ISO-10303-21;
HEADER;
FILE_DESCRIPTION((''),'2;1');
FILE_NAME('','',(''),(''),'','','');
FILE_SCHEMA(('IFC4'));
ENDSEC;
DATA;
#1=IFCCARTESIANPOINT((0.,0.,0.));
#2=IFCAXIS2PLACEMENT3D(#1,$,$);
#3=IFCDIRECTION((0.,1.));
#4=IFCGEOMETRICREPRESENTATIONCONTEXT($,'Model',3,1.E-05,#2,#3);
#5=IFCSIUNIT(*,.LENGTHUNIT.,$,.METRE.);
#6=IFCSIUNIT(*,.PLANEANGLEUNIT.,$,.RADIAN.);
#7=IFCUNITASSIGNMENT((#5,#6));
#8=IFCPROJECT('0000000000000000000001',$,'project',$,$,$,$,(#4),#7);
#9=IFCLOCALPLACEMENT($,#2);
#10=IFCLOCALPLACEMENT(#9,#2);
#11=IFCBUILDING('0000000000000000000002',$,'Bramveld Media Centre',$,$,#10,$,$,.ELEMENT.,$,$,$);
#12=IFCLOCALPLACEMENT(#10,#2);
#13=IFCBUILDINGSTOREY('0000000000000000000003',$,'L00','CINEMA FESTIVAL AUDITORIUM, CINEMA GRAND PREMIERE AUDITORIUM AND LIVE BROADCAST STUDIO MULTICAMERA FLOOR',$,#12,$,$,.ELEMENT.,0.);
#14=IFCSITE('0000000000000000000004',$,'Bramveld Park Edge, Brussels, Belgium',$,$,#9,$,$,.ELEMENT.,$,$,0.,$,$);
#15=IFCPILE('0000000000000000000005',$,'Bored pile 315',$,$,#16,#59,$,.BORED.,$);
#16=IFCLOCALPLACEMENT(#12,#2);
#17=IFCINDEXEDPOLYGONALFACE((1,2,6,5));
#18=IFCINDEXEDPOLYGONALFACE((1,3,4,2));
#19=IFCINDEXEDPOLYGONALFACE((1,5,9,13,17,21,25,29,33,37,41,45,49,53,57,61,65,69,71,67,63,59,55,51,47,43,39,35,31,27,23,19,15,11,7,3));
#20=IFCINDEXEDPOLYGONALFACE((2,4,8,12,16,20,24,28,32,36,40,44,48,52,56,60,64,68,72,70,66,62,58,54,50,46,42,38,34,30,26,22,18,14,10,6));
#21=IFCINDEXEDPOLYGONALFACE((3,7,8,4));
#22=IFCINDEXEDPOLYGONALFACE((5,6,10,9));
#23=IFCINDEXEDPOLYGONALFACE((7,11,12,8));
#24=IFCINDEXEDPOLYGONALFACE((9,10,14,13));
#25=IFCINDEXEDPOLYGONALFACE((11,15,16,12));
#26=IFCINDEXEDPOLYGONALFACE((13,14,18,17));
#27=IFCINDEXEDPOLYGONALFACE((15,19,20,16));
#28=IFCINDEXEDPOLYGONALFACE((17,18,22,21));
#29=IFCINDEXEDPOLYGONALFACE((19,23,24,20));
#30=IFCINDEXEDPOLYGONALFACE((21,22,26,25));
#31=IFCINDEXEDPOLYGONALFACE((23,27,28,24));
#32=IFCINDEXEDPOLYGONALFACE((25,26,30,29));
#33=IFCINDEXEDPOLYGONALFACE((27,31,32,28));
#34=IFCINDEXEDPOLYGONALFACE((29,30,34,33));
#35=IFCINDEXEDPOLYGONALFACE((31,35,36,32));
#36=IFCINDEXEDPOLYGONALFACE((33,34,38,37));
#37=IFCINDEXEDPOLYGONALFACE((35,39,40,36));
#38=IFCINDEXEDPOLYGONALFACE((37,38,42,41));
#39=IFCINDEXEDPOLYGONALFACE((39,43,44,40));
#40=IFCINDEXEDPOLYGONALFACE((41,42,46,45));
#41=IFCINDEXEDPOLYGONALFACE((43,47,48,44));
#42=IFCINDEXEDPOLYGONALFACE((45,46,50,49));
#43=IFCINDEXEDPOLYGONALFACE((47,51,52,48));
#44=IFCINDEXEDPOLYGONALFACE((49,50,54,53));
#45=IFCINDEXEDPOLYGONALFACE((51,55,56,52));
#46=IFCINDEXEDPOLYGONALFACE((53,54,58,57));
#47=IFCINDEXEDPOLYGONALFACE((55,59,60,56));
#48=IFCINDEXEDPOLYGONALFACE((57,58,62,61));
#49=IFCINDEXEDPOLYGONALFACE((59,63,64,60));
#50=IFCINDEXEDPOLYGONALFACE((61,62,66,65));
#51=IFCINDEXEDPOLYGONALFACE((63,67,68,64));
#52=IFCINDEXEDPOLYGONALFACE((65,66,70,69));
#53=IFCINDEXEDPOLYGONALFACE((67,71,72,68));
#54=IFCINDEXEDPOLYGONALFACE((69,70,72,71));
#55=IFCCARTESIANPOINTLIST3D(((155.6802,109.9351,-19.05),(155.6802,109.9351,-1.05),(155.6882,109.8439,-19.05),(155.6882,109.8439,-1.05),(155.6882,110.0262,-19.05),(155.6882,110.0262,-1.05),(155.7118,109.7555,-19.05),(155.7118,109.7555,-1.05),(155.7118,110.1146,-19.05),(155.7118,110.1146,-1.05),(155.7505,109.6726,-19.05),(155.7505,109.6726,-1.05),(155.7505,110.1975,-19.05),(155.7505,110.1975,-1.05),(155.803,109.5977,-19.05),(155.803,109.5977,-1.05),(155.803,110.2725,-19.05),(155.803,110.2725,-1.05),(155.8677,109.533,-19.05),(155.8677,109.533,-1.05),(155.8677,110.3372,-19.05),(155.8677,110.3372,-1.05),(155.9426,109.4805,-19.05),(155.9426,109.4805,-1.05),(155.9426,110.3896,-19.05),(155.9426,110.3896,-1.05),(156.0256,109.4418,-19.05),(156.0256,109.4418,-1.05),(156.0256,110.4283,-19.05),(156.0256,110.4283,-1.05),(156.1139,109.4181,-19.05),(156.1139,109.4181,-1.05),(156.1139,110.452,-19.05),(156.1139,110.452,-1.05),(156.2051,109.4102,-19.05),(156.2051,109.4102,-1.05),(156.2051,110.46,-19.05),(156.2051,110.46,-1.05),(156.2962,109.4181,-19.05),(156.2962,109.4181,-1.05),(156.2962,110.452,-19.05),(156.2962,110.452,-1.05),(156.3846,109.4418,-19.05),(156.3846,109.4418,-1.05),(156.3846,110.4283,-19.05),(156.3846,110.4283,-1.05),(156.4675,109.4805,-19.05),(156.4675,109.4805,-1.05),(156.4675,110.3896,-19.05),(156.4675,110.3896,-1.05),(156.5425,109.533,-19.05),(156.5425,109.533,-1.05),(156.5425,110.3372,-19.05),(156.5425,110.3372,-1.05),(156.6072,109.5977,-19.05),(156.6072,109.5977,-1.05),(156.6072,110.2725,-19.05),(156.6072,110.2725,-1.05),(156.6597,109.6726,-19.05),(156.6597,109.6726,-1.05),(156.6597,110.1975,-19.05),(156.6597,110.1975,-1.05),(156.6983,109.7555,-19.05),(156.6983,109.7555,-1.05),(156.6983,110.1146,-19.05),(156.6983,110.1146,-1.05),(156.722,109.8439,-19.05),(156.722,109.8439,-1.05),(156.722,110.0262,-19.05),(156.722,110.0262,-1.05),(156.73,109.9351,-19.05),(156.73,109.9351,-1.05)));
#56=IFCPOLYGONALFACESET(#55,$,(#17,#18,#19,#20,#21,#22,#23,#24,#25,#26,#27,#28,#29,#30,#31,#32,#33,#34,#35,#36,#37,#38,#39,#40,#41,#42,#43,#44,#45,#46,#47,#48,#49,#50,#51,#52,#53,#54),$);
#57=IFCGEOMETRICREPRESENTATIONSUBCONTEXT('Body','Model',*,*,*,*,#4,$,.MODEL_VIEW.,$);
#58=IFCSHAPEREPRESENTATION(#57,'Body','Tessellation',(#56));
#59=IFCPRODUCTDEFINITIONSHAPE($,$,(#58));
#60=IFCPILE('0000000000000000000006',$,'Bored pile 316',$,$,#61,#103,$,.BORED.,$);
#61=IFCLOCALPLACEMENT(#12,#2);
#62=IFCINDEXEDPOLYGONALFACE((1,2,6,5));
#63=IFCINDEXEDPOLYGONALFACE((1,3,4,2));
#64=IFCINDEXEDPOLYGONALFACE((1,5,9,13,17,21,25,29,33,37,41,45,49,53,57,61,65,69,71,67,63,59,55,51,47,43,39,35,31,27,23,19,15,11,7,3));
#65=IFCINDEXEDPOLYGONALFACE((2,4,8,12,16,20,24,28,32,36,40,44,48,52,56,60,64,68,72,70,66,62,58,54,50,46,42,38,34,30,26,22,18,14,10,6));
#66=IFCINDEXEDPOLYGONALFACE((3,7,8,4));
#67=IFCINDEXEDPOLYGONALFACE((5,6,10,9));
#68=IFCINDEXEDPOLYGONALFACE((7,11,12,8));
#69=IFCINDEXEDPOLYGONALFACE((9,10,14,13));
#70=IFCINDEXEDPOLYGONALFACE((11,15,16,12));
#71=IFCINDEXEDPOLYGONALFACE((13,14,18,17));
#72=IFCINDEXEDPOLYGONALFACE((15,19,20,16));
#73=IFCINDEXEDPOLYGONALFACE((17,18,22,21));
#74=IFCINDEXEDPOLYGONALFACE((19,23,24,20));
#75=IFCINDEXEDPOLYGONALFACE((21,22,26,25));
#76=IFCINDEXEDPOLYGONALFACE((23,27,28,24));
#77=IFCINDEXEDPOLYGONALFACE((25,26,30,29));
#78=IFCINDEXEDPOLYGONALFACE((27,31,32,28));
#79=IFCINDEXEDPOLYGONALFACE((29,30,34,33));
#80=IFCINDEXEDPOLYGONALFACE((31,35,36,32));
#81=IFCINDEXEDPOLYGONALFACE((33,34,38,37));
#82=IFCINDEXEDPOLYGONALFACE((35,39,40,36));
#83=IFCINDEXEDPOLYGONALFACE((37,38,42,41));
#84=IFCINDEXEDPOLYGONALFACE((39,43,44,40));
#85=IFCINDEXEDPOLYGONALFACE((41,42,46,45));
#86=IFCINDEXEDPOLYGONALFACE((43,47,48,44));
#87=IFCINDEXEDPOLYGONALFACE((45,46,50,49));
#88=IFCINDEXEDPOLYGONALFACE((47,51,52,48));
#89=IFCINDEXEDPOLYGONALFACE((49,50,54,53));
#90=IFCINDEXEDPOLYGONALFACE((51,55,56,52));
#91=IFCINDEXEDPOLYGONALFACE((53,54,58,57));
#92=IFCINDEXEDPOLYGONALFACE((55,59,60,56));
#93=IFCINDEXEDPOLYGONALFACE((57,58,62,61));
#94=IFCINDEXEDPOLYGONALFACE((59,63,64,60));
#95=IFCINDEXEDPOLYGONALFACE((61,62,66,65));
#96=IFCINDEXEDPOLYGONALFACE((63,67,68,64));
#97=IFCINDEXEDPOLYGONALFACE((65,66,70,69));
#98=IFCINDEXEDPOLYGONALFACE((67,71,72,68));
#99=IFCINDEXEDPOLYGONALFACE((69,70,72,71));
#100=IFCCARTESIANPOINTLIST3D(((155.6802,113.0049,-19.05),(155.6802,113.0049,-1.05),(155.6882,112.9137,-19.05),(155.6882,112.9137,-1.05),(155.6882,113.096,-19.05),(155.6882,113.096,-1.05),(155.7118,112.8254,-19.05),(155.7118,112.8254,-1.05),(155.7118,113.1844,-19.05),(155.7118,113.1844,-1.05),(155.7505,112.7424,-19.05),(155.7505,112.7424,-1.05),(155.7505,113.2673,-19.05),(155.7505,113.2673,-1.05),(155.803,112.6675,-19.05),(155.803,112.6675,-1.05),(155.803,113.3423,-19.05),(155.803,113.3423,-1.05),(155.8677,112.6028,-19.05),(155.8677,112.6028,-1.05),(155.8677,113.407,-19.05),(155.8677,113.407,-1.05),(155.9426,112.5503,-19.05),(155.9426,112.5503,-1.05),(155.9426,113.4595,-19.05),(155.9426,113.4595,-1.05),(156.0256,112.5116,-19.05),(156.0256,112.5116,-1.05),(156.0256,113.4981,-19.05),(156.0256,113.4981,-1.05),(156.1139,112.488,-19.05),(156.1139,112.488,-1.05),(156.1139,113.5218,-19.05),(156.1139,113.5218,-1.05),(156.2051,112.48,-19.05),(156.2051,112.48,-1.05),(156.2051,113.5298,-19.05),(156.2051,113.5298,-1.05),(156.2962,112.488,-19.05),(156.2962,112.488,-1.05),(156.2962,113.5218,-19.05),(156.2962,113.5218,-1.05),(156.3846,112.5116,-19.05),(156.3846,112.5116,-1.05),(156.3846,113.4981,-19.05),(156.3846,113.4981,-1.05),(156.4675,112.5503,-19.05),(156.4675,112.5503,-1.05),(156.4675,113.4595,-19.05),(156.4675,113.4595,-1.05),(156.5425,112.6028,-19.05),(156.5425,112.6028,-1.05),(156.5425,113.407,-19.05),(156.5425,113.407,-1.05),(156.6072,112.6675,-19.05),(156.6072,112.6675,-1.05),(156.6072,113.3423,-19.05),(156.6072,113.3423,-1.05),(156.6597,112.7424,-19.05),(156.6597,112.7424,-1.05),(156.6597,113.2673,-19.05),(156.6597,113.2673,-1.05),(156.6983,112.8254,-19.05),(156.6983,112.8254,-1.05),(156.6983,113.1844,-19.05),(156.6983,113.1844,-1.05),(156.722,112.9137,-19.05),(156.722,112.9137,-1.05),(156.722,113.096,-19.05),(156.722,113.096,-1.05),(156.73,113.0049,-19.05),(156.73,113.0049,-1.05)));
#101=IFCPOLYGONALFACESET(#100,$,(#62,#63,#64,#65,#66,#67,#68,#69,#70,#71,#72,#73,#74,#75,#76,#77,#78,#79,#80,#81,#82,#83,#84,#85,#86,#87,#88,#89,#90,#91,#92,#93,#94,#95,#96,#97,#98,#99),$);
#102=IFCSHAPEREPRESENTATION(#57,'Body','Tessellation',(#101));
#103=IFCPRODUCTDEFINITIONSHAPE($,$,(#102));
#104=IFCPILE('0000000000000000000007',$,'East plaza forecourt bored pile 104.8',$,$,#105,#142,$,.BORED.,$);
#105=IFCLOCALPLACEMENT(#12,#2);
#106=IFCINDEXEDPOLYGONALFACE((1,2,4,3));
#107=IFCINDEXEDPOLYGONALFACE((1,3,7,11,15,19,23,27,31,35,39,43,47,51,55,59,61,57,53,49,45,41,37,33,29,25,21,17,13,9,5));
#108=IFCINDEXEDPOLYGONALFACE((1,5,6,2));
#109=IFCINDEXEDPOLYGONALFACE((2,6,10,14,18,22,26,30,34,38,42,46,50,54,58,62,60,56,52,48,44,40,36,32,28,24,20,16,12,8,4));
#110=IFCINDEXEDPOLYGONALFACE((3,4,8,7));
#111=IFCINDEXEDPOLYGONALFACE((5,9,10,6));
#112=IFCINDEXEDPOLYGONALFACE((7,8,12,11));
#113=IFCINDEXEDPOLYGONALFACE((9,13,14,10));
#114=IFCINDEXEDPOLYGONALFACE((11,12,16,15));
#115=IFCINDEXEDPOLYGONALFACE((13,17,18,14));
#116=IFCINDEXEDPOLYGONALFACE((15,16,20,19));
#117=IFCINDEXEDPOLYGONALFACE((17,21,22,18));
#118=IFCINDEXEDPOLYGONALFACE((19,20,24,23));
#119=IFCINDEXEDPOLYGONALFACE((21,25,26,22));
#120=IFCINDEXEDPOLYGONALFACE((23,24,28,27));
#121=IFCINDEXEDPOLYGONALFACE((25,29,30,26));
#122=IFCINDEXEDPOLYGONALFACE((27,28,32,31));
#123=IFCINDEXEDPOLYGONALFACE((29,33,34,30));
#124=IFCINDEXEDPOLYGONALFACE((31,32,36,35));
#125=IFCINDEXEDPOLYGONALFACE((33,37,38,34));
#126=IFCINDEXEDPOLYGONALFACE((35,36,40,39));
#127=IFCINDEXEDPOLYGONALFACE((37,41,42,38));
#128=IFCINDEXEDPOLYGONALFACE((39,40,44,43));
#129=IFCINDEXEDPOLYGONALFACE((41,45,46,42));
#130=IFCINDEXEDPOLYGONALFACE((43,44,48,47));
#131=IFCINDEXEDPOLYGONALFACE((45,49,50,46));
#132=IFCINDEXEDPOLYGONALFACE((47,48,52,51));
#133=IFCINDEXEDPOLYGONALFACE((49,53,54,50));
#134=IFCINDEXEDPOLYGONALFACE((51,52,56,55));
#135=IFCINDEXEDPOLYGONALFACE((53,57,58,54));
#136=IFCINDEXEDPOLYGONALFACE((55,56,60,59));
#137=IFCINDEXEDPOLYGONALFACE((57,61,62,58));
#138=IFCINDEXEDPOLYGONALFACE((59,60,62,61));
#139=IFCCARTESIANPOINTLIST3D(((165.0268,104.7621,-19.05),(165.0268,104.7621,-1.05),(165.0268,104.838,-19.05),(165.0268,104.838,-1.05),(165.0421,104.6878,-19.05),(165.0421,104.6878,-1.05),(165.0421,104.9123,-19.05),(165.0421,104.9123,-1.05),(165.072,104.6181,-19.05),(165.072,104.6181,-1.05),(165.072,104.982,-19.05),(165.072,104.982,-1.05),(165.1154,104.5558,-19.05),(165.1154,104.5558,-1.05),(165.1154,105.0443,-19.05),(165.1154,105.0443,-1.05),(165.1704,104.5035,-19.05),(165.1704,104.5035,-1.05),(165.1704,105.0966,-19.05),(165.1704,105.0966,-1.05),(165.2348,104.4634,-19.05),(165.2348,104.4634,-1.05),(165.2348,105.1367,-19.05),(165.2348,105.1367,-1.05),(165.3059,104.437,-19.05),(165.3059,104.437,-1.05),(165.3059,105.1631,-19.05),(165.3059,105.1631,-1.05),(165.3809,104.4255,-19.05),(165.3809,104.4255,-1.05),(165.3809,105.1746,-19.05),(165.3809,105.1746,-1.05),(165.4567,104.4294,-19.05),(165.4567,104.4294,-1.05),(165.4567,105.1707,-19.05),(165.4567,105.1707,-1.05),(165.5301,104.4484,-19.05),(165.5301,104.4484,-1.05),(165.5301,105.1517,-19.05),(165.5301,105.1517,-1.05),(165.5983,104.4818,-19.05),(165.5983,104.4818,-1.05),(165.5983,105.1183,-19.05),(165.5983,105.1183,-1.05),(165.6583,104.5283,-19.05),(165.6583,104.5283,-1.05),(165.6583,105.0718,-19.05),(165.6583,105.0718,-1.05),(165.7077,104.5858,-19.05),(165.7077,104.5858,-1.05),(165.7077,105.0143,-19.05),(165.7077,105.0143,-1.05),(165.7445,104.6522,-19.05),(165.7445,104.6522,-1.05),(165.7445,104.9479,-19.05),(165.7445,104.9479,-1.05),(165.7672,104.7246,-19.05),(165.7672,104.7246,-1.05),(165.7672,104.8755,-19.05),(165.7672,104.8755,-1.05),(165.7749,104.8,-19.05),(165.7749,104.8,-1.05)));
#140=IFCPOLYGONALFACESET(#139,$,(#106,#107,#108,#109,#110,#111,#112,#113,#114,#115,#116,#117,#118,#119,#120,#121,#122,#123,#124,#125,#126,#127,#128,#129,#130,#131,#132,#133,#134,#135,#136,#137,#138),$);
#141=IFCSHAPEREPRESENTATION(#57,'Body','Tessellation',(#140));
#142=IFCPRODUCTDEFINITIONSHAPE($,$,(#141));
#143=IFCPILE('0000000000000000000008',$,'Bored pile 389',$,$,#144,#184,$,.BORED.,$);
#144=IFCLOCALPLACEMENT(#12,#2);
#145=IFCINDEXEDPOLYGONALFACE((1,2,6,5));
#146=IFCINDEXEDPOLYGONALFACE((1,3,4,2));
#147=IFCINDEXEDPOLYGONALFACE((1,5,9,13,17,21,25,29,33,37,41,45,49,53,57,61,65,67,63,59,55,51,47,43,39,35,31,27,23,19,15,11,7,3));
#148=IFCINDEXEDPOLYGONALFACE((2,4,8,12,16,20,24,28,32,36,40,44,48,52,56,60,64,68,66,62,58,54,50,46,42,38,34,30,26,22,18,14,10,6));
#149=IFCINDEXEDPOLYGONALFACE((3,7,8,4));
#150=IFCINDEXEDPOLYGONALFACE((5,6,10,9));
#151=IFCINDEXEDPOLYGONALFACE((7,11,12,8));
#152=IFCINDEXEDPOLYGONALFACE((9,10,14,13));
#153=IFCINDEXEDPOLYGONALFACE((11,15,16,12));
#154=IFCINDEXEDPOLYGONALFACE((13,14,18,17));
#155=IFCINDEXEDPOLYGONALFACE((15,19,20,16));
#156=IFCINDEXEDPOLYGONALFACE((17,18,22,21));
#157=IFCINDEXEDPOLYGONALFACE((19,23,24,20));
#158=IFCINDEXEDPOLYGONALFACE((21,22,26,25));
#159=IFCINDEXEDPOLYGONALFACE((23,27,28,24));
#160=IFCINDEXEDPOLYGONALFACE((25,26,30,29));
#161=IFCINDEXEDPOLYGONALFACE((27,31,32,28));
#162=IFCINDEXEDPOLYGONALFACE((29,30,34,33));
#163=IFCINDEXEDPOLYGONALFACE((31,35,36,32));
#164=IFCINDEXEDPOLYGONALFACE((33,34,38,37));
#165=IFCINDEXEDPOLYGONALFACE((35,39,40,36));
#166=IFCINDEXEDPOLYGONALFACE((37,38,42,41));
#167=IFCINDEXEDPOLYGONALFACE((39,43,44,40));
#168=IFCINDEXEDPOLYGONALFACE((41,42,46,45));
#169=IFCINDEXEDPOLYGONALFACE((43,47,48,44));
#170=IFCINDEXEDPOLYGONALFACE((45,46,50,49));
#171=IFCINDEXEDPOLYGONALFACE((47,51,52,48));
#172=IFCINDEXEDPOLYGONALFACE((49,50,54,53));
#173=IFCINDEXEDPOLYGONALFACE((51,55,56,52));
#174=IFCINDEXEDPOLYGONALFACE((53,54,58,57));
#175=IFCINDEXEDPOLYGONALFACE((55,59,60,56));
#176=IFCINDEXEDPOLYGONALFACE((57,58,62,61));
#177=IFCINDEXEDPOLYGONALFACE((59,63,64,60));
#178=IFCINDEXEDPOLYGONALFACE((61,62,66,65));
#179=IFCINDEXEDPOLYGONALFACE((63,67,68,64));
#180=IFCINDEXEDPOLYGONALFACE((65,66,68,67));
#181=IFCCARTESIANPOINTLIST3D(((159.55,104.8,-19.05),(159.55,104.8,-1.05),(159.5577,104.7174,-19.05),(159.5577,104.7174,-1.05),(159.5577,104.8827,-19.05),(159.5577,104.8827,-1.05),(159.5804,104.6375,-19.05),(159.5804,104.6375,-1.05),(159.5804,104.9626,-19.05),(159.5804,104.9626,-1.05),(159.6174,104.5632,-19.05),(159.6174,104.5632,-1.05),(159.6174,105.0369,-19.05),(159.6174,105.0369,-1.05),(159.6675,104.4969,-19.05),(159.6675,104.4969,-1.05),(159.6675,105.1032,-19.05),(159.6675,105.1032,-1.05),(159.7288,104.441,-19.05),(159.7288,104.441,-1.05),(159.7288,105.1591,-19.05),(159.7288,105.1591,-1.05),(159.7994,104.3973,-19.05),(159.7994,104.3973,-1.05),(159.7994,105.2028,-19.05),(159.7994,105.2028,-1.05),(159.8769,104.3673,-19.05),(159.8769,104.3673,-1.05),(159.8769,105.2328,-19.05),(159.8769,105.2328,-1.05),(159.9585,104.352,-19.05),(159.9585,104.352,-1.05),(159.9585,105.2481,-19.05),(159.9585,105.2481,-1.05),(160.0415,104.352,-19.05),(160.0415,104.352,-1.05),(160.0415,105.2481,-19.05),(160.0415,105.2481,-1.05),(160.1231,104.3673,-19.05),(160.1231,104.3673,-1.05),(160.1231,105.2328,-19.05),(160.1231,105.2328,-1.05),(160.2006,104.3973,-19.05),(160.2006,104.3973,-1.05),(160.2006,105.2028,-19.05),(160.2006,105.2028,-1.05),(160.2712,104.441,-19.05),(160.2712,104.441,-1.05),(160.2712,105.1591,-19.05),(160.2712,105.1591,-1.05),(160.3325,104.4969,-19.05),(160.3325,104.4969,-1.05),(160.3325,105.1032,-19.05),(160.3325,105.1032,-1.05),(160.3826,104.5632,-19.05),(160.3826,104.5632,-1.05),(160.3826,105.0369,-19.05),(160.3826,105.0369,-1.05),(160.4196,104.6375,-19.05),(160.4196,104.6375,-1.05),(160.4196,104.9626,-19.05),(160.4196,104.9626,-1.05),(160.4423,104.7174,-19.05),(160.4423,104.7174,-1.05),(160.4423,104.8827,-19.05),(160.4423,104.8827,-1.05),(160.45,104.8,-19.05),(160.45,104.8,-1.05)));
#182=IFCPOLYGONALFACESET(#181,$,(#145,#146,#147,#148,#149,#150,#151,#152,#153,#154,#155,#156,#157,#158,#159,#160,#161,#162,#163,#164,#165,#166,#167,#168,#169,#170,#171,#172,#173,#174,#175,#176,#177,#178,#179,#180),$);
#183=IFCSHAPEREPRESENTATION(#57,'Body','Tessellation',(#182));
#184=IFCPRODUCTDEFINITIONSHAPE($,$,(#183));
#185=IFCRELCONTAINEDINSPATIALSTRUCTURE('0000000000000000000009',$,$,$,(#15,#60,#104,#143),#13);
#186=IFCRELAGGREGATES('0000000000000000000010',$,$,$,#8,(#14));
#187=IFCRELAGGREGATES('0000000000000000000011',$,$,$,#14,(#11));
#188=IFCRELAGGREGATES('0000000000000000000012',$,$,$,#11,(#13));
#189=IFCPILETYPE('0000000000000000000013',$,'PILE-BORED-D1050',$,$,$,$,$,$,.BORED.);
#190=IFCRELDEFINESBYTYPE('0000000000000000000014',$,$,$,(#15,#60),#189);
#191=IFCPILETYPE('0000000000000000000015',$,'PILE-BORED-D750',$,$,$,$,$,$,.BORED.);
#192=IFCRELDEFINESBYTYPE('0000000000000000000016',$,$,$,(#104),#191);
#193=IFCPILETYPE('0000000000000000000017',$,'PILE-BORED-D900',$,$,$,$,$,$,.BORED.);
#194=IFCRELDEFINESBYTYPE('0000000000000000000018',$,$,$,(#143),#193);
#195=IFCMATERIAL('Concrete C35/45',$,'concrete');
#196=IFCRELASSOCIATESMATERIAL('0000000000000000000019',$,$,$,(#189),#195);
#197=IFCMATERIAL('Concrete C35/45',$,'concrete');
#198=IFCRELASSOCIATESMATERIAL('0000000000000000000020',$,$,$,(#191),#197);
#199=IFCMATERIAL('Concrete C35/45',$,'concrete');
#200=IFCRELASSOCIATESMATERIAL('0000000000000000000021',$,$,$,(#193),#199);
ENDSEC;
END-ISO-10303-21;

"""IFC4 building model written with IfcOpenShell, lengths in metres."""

from ifc_helpers import new_model, si_unit, direction, frame, origin, origin_2d, place, context, subcontext, project, spatial, circle, extrude, material, material_profile, profile_set, type_object, element, save


model = new_model("IFC4")

# Units and contexts
model_context = context("Model", 3, precision=1e-05, world=origin(), true_north=direction((0.0, 1.0)))
body_context = subcontext(model_context, "Body", "Model", "MODEL_VIEW")
ifc_project = project(units=[si_unit("LENGTHUNIT", "METRE"), si_unit("PLANEANGLEUNIT", "RADIAN")], contexts=[model_context])

# Site, building, storey
site_placement = place(None, origin())
site = spatial("IfcSite", under=ifc_project, at=site_placement, Name="Bramveld Park Edge, Brussels, Belgium", CompositionType="ELEMENT", RefElevation=0.0)
building_placement = place(site_placement, origin())
building = spatial("IfcBuilding", under=site, at=building_placement, Name="Bramveld Media Centre", CompositionType="ELEMENT")
storey_placement = place(building_placement, origin())
storey = spatial("IfcBuildingStorey", under=building, at=storey_placement, Name="L00", Description="CINEMA FESTIVAL AUDITORIUM, CINEMA GRAND PREMIERE AUDITORIUM AND LIVE BROADCAST STUDIO MULTICAMERA FLOOR", CompositionType="ELEMENT", Elevation=0.0)

# Piles
ifc_material_1 = material(Name="Concrete C35/45", Category="concrete")
ifc_material_profile_1 = material_profile(ifc_material_1, circle(Radius=0.5249, at=origin_2d()), Name="BORED D1050")
ifc_profile_set_1 = profile_set([ifc_material_profile_1], Name="Concrete C35/45")
pile_type_1 = type_object("IfcPileType", Name="PILE-BORED-D1050", PredefinedType="BORED", material=ifc_profile_set_1)
for number, where, z_axis, x_axis, name in (
    (1, (156.2051, 109.9351, -1.05), (0.0, 0.0, -1.0), (1.0, 0.0, 0.0), "Bored pile 315"),
    (2, (156.2051, 113.0049, -1.05), (0.0, 0.0, -1.0), (1.0, 0.0, 0.0), "Bored pile 316"),
):
    element("IfcPile", number, at=place(storey_placement, frame(where, z_axis=z_axis, x_axis=x_axis)), inside=storey, type_object=pile_type_1, Name=name, PredefinedType="BORED", context=body_context, shape_type="SweptSolid", body=[
        extrude(circle(Radius=0.5249, at=origin_2d()), origin(), (0.0, 0.0, 1.0), 18.0),
    ])
ifc_material_2 = material(Name="Concrete C35/45", Category="concrete")
ifc_material_profile_2 = material_profile(ifc_material_2, circle(Radius=0.375, at=origin_2d()), Name="BORED D750")
ifc_profile_set_2 = profile_set([ifc_material_profile_2], Name="Concrete C35/45")
pile_type_2 = type_object("IfcPileType", Name="PILE-BORED-D750", PredefinedType="BORED", material=ifc_profile_set_2)
pile_placement = place(storey_placement, frame((165.3999, 104.8, -1.05), z_axis=(0.0, 0.0, -1.0), x_axis=(1.0, 0.0, 0.0)))
element("IfcPile", 3, at=pile_placement, inside=storey, type_object=pile_type_2, Name="East plaza forecourt bored pile 104.8", PredefinedType="BORED", context=body_context, shape_type="SweptSolid", body=[
    extrude(circle(Radius=0.375, at=origin_2d()), origin(), (0.0, 0.0, 1.0), 18.0),
])
ifc_material_3 = material(Name="Concrete C35/45", Category="concrete")
ifc_material_profile_3 = material_profile(ifc_material_3, circle(Radius=0.45, at=origin_2d()), Name="BORED D900")
ifc_profile_set_3 = profile_set([ifc_material_profile_3], Name="Concrete C35/45")
pile_type_3 = type_object("IfcPileType", Name="PILE-BORED-D900", PredefinedType="BORED", material=ifc_profile_set_3)
for number, where, z_axis, x_axis, name in (
    (4, (160.0, 104.8, -1.05), (0.0, 0.0, -1.0), (1.0, 0.0, 0.0), "Bored pile 389"),
):
    element("IfcPile", number, at=place(storey_placement, frame(where, z_axis=z_axis, x_axis=x_axis)), inside=storey, type_object=pile_type_3, Name=name, PredefinedType="BORED", context=body_context, shape_type="SweptSolid", body=[
        extrude(circle(Radius=0.45, at=origin_2d()), origin(), (0.0, 0.0, 1.0), 18.0),
    ])

save(model, "model.ifc")
